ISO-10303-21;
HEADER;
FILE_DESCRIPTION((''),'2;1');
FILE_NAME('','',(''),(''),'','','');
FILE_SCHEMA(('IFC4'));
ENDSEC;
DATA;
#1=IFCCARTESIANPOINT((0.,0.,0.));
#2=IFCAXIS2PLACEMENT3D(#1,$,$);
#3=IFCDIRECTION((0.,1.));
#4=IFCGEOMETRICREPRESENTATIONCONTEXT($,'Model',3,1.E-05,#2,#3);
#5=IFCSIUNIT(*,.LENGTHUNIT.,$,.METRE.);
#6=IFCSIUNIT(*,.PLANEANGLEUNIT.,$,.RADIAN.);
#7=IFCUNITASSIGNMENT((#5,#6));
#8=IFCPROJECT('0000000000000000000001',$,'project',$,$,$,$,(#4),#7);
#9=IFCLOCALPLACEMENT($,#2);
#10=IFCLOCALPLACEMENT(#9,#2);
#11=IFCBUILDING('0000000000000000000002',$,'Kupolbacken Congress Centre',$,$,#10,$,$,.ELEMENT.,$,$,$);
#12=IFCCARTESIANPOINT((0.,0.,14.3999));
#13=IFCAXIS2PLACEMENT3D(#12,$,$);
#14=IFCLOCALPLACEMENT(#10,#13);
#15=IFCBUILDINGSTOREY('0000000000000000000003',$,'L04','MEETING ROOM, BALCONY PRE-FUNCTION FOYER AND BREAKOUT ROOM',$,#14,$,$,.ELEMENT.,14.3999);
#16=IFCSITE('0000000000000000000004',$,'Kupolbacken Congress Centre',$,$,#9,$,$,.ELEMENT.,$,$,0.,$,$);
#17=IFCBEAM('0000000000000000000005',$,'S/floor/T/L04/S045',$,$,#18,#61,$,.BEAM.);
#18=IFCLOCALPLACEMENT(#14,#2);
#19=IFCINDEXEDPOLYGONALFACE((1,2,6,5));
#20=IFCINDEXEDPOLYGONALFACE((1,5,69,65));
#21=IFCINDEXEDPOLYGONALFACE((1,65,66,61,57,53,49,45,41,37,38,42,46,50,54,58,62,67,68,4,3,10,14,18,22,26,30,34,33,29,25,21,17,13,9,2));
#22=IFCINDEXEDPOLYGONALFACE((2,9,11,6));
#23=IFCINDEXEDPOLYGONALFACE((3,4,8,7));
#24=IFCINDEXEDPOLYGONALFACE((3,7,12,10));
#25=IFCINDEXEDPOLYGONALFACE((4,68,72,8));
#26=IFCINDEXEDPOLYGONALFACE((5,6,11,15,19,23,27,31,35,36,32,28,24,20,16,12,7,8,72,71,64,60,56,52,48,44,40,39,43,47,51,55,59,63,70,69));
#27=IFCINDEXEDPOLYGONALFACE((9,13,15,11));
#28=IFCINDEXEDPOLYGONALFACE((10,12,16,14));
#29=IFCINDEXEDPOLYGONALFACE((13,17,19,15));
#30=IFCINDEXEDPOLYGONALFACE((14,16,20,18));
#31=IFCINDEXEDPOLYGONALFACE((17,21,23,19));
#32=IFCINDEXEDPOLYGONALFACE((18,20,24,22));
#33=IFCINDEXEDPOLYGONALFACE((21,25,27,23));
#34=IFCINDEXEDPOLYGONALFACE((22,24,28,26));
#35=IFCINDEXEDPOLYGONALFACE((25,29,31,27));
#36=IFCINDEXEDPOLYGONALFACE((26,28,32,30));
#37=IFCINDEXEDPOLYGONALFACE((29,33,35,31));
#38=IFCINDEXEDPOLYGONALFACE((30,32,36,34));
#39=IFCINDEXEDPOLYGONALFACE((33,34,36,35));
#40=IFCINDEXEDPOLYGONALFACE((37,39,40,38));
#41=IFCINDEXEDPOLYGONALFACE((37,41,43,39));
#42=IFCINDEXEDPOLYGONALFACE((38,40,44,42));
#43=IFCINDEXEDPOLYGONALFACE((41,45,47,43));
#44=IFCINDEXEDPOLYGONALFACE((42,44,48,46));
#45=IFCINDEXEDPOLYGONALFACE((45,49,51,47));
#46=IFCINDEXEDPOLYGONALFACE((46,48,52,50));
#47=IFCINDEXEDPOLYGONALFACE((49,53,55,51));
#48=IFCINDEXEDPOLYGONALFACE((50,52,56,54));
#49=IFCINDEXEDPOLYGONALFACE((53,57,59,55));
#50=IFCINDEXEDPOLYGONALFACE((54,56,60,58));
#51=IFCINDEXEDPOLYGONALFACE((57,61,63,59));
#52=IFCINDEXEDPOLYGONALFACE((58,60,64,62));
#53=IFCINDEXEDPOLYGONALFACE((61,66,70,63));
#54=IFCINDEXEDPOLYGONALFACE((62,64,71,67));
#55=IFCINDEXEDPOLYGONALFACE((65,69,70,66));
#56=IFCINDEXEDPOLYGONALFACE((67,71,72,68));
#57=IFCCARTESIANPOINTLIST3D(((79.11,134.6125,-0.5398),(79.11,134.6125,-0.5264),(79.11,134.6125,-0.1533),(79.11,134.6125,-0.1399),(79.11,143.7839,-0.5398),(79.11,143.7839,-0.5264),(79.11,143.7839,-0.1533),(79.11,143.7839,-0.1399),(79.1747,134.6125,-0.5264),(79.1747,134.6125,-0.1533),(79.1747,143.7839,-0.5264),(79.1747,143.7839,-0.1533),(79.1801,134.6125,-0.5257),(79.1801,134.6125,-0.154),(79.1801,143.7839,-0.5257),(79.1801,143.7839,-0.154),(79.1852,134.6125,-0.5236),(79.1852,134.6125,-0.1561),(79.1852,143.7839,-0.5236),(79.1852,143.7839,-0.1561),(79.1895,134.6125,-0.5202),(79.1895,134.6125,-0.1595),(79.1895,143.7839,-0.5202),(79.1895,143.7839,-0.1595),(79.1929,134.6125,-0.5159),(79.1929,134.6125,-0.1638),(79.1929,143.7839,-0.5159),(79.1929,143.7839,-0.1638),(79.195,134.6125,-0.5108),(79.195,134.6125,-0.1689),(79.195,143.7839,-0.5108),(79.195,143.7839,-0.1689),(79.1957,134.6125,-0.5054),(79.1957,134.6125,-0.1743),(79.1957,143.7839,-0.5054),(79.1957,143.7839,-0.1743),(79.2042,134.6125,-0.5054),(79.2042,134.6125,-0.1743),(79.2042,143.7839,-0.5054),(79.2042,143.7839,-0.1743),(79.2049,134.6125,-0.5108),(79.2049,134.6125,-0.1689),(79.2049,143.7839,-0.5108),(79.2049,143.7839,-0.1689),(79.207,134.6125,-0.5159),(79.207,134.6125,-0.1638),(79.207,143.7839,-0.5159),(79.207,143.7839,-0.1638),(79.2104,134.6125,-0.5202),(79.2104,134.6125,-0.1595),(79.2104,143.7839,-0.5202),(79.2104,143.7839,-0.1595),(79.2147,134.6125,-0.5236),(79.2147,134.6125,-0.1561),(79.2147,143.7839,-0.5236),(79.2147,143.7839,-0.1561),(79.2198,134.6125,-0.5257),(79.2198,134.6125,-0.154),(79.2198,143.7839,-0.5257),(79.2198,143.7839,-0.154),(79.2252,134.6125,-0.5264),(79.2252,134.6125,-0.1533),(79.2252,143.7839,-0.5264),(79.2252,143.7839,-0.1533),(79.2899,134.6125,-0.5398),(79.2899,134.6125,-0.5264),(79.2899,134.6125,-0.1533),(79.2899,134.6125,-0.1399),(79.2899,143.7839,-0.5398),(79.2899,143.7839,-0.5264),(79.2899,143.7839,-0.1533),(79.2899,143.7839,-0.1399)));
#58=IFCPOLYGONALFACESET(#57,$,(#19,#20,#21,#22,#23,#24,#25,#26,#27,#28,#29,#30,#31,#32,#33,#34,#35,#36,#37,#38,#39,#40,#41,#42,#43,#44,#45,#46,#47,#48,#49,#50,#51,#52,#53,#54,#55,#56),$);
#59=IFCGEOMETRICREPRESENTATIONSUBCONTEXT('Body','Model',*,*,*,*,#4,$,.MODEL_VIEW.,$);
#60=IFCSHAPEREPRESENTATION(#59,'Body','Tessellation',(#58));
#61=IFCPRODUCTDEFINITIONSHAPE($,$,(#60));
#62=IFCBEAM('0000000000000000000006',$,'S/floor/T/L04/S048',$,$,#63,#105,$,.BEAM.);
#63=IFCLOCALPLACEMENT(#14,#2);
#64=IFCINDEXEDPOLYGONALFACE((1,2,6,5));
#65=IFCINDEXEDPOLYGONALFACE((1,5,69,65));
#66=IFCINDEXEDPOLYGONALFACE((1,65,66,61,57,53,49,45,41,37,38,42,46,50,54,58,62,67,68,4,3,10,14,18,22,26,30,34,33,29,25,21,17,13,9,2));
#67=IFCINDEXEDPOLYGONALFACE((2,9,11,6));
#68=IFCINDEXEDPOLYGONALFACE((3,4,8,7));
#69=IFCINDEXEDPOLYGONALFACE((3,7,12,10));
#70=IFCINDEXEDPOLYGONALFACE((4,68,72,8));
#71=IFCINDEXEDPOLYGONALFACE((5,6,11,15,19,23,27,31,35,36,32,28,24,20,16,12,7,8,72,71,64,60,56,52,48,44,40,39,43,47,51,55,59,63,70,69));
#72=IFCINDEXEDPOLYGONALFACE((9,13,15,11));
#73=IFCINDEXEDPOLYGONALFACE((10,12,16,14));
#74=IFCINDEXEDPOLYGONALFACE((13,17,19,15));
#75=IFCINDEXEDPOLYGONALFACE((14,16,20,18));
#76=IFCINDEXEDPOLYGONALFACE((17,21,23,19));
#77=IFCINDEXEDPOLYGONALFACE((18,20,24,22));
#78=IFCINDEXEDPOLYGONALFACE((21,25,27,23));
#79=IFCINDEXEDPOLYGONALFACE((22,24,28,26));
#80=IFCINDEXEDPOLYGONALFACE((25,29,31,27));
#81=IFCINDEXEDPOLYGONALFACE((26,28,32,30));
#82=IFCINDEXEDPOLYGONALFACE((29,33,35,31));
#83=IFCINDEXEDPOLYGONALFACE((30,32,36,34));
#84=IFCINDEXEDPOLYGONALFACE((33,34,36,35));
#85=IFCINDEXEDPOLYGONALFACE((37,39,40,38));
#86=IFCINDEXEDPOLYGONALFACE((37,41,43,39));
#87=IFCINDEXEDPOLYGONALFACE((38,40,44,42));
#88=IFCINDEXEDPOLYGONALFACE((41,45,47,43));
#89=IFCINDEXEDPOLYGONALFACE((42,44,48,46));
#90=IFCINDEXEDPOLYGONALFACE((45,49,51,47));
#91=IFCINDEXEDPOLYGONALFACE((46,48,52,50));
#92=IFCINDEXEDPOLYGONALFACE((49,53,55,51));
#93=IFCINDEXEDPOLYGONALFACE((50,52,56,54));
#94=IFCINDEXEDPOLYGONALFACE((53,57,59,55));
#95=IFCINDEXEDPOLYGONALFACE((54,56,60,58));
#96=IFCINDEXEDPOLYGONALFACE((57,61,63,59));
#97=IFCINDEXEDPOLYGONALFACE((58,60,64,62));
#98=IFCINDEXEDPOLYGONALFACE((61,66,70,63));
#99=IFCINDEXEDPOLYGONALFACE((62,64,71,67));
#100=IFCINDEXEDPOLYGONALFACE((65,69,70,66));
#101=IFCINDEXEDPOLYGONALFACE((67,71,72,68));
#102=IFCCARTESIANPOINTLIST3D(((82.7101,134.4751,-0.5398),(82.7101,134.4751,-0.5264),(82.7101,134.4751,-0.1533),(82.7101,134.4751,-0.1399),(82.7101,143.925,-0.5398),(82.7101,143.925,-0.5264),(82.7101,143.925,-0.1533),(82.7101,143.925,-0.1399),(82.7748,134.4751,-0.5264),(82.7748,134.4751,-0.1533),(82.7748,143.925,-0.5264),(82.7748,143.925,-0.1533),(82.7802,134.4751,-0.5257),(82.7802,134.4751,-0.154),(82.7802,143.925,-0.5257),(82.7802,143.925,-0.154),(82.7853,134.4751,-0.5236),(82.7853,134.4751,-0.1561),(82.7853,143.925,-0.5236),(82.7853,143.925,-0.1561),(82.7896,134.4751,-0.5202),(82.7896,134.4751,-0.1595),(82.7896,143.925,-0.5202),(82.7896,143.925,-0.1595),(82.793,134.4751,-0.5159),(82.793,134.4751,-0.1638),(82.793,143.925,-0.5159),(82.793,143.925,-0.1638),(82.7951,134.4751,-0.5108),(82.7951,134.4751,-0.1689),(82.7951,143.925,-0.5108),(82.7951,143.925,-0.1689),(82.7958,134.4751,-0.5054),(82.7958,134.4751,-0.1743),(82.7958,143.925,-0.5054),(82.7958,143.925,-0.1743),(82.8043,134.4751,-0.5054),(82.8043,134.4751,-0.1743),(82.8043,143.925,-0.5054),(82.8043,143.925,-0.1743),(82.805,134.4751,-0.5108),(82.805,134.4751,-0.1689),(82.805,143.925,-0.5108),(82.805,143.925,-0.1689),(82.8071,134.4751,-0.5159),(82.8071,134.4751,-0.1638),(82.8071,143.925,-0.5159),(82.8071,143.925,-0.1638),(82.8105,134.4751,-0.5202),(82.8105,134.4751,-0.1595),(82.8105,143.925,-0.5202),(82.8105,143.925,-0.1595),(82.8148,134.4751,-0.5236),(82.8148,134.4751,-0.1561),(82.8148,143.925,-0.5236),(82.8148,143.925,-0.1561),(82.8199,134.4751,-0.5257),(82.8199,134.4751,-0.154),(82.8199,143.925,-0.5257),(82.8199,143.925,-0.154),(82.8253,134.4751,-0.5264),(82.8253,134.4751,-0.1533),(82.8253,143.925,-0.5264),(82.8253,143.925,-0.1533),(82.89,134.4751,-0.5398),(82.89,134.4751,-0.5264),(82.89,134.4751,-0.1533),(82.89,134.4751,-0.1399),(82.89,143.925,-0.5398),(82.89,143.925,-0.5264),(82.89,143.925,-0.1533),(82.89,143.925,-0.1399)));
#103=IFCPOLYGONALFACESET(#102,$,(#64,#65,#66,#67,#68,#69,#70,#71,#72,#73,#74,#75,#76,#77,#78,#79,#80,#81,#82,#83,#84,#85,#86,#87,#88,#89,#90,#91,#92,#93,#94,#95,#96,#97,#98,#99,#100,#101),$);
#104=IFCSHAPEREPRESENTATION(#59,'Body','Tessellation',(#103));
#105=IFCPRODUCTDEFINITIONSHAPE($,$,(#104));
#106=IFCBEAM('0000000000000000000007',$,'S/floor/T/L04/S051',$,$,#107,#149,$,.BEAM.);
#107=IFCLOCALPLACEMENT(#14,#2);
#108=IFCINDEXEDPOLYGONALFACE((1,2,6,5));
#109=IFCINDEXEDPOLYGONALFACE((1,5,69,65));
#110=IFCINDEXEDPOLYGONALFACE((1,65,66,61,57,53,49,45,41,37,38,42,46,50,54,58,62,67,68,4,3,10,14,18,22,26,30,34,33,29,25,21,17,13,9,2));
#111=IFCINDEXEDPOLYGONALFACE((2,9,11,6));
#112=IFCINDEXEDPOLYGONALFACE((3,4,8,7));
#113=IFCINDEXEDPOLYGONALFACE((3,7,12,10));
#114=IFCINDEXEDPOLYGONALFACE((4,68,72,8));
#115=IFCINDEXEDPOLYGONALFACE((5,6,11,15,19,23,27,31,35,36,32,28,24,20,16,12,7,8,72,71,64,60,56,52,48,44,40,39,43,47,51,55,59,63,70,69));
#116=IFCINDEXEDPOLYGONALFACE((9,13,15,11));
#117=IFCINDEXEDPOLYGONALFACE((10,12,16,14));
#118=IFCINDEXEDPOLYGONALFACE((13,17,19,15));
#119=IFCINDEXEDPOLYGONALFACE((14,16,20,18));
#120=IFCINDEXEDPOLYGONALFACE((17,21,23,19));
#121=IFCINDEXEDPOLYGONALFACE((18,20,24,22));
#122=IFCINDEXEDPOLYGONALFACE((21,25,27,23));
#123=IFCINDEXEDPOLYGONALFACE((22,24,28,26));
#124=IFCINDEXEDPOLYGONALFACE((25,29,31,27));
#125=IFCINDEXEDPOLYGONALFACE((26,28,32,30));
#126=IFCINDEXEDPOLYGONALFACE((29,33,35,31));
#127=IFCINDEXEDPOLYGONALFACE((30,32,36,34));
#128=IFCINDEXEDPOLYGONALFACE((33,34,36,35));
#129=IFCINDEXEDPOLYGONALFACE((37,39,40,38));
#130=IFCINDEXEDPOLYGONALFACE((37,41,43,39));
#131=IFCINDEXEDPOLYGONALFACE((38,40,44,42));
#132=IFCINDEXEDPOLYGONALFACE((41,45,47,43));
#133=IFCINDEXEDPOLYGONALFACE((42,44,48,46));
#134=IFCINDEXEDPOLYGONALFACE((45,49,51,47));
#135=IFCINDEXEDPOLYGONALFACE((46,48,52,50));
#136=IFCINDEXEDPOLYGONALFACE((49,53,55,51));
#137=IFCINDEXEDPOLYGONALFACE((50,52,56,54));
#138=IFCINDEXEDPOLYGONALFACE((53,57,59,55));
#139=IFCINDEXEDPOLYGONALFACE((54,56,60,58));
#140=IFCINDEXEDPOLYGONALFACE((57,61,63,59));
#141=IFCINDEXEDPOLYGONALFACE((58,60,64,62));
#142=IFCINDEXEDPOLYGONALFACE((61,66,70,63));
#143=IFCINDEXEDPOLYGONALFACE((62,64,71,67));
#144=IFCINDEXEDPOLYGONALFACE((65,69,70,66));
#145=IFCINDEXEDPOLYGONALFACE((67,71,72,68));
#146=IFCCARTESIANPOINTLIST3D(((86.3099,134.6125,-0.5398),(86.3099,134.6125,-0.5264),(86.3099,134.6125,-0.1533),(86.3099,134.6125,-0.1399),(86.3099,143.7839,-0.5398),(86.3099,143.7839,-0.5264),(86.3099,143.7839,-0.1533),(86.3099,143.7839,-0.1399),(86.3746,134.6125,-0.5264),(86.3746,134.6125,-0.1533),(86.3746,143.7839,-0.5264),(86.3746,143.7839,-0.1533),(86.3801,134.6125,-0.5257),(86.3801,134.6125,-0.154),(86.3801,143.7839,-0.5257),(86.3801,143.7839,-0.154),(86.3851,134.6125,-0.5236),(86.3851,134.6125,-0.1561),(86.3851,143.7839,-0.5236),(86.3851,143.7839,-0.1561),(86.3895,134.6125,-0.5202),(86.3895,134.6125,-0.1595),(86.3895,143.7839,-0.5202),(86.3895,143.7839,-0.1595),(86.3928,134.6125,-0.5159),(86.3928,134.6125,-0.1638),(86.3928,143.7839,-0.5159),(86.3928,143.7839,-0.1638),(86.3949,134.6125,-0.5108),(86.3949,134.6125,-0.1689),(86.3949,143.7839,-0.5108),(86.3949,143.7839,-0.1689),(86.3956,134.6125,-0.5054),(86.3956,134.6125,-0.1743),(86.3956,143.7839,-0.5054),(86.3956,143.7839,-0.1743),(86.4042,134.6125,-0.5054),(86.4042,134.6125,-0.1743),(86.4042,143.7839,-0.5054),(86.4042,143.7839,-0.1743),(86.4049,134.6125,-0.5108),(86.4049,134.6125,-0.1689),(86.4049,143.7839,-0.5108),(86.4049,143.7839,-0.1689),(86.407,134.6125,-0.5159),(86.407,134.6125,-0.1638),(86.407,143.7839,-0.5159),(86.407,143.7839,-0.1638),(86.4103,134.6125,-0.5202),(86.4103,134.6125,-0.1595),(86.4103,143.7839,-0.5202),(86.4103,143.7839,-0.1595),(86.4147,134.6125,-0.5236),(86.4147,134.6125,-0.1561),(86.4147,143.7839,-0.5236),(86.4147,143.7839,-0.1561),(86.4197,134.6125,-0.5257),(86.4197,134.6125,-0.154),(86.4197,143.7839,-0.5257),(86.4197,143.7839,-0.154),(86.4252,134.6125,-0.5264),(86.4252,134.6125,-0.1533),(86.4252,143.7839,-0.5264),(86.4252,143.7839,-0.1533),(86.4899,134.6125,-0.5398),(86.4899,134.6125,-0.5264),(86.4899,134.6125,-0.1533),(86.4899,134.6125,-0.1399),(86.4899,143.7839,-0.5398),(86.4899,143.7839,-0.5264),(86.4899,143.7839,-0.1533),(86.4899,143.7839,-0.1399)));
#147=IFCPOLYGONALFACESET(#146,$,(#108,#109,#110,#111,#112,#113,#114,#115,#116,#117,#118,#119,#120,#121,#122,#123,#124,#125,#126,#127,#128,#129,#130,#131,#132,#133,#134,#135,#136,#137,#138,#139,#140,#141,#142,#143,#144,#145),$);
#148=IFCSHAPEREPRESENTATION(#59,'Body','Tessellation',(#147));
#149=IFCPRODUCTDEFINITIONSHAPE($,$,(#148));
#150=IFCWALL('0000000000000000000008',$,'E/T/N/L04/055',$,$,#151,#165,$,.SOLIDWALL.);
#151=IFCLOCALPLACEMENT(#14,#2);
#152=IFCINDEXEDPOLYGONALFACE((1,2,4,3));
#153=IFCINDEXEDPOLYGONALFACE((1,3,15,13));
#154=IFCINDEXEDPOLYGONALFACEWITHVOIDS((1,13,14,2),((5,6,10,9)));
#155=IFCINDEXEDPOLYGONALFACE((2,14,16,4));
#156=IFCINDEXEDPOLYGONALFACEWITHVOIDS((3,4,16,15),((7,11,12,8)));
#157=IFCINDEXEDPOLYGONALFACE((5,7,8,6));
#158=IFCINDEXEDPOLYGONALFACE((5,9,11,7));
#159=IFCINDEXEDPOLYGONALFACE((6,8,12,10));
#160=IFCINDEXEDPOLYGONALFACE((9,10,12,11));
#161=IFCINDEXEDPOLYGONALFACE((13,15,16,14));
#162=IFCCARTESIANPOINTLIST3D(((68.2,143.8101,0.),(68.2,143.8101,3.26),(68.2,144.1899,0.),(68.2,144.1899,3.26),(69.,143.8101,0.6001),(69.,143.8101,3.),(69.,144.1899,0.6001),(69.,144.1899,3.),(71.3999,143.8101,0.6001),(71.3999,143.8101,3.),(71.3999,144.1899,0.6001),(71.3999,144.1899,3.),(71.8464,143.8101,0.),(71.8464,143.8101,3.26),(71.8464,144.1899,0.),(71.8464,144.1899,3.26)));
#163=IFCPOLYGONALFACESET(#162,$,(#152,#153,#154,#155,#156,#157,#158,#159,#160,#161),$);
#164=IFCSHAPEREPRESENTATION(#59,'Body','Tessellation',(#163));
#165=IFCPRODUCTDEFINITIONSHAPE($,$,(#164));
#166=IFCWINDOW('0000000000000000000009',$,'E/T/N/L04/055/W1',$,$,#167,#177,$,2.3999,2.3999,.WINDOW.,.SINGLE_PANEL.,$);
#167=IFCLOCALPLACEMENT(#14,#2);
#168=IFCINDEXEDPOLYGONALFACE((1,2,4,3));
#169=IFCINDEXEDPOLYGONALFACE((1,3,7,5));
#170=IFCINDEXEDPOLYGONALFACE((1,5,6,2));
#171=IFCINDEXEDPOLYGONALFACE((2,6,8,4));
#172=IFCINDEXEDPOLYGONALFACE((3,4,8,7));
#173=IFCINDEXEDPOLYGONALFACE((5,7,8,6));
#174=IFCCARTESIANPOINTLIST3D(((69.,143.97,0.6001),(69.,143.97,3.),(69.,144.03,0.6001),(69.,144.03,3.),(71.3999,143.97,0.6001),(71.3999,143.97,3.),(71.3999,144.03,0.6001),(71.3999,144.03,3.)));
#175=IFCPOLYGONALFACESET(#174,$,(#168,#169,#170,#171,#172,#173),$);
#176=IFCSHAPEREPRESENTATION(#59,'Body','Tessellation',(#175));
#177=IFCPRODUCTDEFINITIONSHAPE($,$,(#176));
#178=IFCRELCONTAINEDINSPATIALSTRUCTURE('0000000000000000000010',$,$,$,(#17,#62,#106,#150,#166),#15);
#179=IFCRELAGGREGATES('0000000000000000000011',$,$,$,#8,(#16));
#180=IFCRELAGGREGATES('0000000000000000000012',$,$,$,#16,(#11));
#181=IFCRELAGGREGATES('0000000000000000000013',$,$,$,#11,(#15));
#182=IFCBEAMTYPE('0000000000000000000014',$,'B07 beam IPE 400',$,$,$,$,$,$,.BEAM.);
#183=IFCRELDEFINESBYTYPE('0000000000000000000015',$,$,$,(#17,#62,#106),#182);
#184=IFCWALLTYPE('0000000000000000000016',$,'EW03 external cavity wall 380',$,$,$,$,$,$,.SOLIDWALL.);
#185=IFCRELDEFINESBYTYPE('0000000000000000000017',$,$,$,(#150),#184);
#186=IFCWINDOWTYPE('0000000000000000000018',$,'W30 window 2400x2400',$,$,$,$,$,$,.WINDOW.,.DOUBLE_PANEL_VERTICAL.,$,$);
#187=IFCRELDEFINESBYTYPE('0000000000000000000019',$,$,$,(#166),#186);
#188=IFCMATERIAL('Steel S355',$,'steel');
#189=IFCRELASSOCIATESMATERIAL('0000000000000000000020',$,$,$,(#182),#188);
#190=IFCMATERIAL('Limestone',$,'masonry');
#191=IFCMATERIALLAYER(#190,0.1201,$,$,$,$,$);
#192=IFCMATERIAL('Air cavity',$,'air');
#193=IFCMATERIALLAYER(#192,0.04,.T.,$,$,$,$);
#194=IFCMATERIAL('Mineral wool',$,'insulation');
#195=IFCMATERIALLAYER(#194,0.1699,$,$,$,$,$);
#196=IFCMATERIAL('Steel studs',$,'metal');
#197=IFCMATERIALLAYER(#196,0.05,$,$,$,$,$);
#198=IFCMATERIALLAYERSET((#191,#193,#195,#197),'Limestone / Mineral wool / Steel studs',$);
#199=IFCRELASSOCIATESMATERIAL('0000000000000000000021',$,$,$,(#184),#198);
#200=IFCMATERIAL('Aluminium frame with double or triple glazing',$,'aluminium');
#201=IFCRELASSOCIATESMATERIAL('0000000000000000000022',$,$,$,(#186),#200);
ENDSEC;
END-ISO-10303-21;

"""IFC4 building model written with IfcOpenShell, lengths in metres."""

from ifc_helpers import new_model, si_unit, direction, frame, frame_2d, origin, origin_2d, place, context, subcontext, project, spatial, rectangle, i_section, extrude, material, layer, layer_set, material_profile, profile_set, type_object, element, fill, save


model = new_model("IFC4")

# Units and contexts
model_context = context("Model", 3, precision=1e-05, world=origin(), true_north=direction((0.0, 1.0)))
body_context = subcontext(model_context, "Body", "Model", "MODEL_VIEW")
ifc_project = project(units=[si_unit("LENGTHUNIT", "METRE"), si_unit("PLANEANGLEUNIT", "RADIAN")], contexts=[model_context])

# Site, building, storey
site_placement = place(None, origin())
site = spatial("IfcSite", under=ifc_project, at=site_placement, Name="Kupolbacken Congress Centre", CompositionType="ELEMENT", RefElevation=0.0)
building_placement = place(site_placement, origin())
building = spatial("IfcBuilding", under=site, at=building_placement, Name="Kupolbacken Congress Centre", CompositionType="ELEMENT")
storey_placement = place(building_placement, frame((0.0, 0.0, 14.3999)))
storey = spatial("IfcBuildingStorey", under=building, at=storey_placement, Name="L04", Description="MEETING ROOM, BALCONY PRE-FUNCTION FOYER AND BREAKOUT ROOM", CompositionType="ELEMENT", Elevation=14.3999)

# Beams
ifc_material_1 = material(Name="Steel S355", Category="steel")
ifc_material_profile_1 = material_profile(ifc_material_1, i_section(OverallWidth=0.1799, OverallDepth=0.3999, WebThickness=0.0085, FlangeThickness=0.0134, FilletRadius=0.021, at=origin_2d()), Name="IPE 400")
ifc_profile_set_1 = profile_set([ifc_material_profile_1], Name="Steel S355")
beam_type_1 = type_object("IfcBeamType", Name="B07 beam IPE 400", PredefinedType="BEAM", material=ifc_profile_set_1)
beam_1_placement = place(storey_placement, frame((79.2, 134.6125, -0.3398), z_axis=(0.0, 1.0, 0.0), x_axis=(-1.0, 0.0, 0.0)))
element("IfcBeam", 1, at=beam_1_placement, inside=storey, type_object=beam_type_1, Name="S/floor/T/L04/S045", PredefinedType="BEAM", context=body_context, shape_type="SweptSolid", body=[
    extrude(i_section(OverallWidth=0.1799, OverallDepth=0.3999, WebThickness=0.0085, FlangeThickness=0.0134, FilletRadius=0.021, at=origin_2d()), origin(), (0.0, 0.0, 1.0), 9.1714),
])
beam_2_placement = place(storey_placement, frame((82.8, 134.4751, -0.3398), z_axis=(0.0, 1.0, 0.0), x_axis=(-1.0, 0.0, 0.0)))
element("IfcBeam", 2, at=beam_2_placement, inside=storey, type_object=beam_type_1, Name="S/floor/T/L04/S048", PredefinedType="BEAM", context=body_context, shape_type="SweptSolid", body=[
    extrude(i_section(OverallWidth=0.1799, OverallDepth=0.3999, WebThickness=0.0085, FlangeThickness=0.0134, FilletRadius=0.021, at=origin_2d()), origin(), (0.0, 0.0, 1.0), 9.45),
])
beam_3_placement = place(storey_placement, frame((86.3999, 134.6125, -0.3398), z_axis=(0.0, 1.0, 0.0), x_axis=(-1.0, 0.0, 0.0)))
element("IfcBeam", 3, at=beam_3_placement, inside=storey, type_object=beam_type_1, Name="S/floor/T/L04/S051", PredefinedType="BEAM", context=body_context, shape_type="SweptSolid", body=[
    extrude(i_section(OverallWidth=0.1799, OverallDepth=0.3999, WebThickness=0.0085, FlangeThickness=0.0134, FilletRadius=0.021, at=origin_2d()), origin(), (0.0, 0.0, 1.0), 9.1714),
])

# Wall, opening, window
ifc_material_2 = material(Name="Limestone", Category="masonry")
ifc_layer_1 = layer(ifc_material_2, 0.1201)
ifc_material_3 = material(Name="Air cavity", Category="air")
ifc_layer_2 = layer(ifc_material_3, 0.04, ventilated=True)
ifc_material_4 = material(Name="Mineral wool", Category="insulation")
ifc_layer_3 = layer(ifc_material_4, 0.1699)
ifc_material_5 = material(Name="Steel studs", Category="metal")
ifc_layer_4 = layer(ifc_material_5, 0.05)
ifc_layer_set_1 = layer_set([ifc_layer_1, ifc_layer_2, ifc_layer_3, ifc_layer_4], Name="Limestone / Mineral wool / Steel studs")
wall_type_1 = type_object("IfcWallType", Name="EW03 external cavity wall 380", PredefinedType="SOLIDWALL", material=ifc_layer_set_1)
wall_placement = place(storey_placement, frame((71.8464, 144.0, 0.0), z_axis=(0.0, 0.0, 1.0), x_axis=(-1.0, 0.0, 0.0)))
wall = element("IfcWall", 4, at=wall_placement, inside=storey, type_object=wall_type_1, Name="E/T/N/L04/055", PredefinedType="SOLIDWALL", context=body_context, shape_type="SweptSolid", body=[
    extrude(rectangle(XDim=3.6465, YDim=0.3799, at=frame_2d((1.8232, 0.0))), origin(), (0.0, 0.0, 1.0), 3.26),
])
opening_placement = place(wall_placement, frame((0.4465, 0.0, 0.6001)))
opening = element("IfcOpeningElement", 5, at=opening_placement, cuts=wall, PredefinedType="OPENING", context=body_context, shape_type="SweptSolid", body=[
    extrude(rectangle(XDim=2.3999, YDim=2.3999, at=frame_2d((1.2, 1.2))), frame((0.0, 0.2, 0.0), z_axis=(0.0, -1.0, 0.0), x_axis=(1.0, 0.0, 0.0)), (0.0, 0.0, 1.0), 0.3999),
])
ifc_material_6 = material(Name="Aluminium frame with double or triple glazing", Category="aluminium")
window_type = type_object("IfcWindowType", Name="W30 window 2400x2400", PartitioningType="DOUBLE_PANEL_VERTICAL", PredefinedType="WINDOW", material=ifc_material_6)
window_placement = place(opening_placement, origin())
window = element("IfcWindow", 6, at=window_placement, inside=storey, type_object=window_type, Name="E/T/N/L04/055/W1", OverallHeight=2.3999, OverallWidth=2.3999, PartitioningType="SINGLE_PANEL", PredefinedType="WINDOW", context=body_context, shape_type="SweptSolid", body=[
    extrude(rectangle(XDim=2.3999, YDim=2.3999, at=frame_2d((1.2, 1.2))), frame((0.0, 0.03, 0.0), z_axis=(0.0, -1.0, 0.0), x_axis=(1.0, 0.0, 0.0)), (0.0, 0.0, 1.0), 0.0601),
])
fill(opening, window)

save(model, "model.ifc")
